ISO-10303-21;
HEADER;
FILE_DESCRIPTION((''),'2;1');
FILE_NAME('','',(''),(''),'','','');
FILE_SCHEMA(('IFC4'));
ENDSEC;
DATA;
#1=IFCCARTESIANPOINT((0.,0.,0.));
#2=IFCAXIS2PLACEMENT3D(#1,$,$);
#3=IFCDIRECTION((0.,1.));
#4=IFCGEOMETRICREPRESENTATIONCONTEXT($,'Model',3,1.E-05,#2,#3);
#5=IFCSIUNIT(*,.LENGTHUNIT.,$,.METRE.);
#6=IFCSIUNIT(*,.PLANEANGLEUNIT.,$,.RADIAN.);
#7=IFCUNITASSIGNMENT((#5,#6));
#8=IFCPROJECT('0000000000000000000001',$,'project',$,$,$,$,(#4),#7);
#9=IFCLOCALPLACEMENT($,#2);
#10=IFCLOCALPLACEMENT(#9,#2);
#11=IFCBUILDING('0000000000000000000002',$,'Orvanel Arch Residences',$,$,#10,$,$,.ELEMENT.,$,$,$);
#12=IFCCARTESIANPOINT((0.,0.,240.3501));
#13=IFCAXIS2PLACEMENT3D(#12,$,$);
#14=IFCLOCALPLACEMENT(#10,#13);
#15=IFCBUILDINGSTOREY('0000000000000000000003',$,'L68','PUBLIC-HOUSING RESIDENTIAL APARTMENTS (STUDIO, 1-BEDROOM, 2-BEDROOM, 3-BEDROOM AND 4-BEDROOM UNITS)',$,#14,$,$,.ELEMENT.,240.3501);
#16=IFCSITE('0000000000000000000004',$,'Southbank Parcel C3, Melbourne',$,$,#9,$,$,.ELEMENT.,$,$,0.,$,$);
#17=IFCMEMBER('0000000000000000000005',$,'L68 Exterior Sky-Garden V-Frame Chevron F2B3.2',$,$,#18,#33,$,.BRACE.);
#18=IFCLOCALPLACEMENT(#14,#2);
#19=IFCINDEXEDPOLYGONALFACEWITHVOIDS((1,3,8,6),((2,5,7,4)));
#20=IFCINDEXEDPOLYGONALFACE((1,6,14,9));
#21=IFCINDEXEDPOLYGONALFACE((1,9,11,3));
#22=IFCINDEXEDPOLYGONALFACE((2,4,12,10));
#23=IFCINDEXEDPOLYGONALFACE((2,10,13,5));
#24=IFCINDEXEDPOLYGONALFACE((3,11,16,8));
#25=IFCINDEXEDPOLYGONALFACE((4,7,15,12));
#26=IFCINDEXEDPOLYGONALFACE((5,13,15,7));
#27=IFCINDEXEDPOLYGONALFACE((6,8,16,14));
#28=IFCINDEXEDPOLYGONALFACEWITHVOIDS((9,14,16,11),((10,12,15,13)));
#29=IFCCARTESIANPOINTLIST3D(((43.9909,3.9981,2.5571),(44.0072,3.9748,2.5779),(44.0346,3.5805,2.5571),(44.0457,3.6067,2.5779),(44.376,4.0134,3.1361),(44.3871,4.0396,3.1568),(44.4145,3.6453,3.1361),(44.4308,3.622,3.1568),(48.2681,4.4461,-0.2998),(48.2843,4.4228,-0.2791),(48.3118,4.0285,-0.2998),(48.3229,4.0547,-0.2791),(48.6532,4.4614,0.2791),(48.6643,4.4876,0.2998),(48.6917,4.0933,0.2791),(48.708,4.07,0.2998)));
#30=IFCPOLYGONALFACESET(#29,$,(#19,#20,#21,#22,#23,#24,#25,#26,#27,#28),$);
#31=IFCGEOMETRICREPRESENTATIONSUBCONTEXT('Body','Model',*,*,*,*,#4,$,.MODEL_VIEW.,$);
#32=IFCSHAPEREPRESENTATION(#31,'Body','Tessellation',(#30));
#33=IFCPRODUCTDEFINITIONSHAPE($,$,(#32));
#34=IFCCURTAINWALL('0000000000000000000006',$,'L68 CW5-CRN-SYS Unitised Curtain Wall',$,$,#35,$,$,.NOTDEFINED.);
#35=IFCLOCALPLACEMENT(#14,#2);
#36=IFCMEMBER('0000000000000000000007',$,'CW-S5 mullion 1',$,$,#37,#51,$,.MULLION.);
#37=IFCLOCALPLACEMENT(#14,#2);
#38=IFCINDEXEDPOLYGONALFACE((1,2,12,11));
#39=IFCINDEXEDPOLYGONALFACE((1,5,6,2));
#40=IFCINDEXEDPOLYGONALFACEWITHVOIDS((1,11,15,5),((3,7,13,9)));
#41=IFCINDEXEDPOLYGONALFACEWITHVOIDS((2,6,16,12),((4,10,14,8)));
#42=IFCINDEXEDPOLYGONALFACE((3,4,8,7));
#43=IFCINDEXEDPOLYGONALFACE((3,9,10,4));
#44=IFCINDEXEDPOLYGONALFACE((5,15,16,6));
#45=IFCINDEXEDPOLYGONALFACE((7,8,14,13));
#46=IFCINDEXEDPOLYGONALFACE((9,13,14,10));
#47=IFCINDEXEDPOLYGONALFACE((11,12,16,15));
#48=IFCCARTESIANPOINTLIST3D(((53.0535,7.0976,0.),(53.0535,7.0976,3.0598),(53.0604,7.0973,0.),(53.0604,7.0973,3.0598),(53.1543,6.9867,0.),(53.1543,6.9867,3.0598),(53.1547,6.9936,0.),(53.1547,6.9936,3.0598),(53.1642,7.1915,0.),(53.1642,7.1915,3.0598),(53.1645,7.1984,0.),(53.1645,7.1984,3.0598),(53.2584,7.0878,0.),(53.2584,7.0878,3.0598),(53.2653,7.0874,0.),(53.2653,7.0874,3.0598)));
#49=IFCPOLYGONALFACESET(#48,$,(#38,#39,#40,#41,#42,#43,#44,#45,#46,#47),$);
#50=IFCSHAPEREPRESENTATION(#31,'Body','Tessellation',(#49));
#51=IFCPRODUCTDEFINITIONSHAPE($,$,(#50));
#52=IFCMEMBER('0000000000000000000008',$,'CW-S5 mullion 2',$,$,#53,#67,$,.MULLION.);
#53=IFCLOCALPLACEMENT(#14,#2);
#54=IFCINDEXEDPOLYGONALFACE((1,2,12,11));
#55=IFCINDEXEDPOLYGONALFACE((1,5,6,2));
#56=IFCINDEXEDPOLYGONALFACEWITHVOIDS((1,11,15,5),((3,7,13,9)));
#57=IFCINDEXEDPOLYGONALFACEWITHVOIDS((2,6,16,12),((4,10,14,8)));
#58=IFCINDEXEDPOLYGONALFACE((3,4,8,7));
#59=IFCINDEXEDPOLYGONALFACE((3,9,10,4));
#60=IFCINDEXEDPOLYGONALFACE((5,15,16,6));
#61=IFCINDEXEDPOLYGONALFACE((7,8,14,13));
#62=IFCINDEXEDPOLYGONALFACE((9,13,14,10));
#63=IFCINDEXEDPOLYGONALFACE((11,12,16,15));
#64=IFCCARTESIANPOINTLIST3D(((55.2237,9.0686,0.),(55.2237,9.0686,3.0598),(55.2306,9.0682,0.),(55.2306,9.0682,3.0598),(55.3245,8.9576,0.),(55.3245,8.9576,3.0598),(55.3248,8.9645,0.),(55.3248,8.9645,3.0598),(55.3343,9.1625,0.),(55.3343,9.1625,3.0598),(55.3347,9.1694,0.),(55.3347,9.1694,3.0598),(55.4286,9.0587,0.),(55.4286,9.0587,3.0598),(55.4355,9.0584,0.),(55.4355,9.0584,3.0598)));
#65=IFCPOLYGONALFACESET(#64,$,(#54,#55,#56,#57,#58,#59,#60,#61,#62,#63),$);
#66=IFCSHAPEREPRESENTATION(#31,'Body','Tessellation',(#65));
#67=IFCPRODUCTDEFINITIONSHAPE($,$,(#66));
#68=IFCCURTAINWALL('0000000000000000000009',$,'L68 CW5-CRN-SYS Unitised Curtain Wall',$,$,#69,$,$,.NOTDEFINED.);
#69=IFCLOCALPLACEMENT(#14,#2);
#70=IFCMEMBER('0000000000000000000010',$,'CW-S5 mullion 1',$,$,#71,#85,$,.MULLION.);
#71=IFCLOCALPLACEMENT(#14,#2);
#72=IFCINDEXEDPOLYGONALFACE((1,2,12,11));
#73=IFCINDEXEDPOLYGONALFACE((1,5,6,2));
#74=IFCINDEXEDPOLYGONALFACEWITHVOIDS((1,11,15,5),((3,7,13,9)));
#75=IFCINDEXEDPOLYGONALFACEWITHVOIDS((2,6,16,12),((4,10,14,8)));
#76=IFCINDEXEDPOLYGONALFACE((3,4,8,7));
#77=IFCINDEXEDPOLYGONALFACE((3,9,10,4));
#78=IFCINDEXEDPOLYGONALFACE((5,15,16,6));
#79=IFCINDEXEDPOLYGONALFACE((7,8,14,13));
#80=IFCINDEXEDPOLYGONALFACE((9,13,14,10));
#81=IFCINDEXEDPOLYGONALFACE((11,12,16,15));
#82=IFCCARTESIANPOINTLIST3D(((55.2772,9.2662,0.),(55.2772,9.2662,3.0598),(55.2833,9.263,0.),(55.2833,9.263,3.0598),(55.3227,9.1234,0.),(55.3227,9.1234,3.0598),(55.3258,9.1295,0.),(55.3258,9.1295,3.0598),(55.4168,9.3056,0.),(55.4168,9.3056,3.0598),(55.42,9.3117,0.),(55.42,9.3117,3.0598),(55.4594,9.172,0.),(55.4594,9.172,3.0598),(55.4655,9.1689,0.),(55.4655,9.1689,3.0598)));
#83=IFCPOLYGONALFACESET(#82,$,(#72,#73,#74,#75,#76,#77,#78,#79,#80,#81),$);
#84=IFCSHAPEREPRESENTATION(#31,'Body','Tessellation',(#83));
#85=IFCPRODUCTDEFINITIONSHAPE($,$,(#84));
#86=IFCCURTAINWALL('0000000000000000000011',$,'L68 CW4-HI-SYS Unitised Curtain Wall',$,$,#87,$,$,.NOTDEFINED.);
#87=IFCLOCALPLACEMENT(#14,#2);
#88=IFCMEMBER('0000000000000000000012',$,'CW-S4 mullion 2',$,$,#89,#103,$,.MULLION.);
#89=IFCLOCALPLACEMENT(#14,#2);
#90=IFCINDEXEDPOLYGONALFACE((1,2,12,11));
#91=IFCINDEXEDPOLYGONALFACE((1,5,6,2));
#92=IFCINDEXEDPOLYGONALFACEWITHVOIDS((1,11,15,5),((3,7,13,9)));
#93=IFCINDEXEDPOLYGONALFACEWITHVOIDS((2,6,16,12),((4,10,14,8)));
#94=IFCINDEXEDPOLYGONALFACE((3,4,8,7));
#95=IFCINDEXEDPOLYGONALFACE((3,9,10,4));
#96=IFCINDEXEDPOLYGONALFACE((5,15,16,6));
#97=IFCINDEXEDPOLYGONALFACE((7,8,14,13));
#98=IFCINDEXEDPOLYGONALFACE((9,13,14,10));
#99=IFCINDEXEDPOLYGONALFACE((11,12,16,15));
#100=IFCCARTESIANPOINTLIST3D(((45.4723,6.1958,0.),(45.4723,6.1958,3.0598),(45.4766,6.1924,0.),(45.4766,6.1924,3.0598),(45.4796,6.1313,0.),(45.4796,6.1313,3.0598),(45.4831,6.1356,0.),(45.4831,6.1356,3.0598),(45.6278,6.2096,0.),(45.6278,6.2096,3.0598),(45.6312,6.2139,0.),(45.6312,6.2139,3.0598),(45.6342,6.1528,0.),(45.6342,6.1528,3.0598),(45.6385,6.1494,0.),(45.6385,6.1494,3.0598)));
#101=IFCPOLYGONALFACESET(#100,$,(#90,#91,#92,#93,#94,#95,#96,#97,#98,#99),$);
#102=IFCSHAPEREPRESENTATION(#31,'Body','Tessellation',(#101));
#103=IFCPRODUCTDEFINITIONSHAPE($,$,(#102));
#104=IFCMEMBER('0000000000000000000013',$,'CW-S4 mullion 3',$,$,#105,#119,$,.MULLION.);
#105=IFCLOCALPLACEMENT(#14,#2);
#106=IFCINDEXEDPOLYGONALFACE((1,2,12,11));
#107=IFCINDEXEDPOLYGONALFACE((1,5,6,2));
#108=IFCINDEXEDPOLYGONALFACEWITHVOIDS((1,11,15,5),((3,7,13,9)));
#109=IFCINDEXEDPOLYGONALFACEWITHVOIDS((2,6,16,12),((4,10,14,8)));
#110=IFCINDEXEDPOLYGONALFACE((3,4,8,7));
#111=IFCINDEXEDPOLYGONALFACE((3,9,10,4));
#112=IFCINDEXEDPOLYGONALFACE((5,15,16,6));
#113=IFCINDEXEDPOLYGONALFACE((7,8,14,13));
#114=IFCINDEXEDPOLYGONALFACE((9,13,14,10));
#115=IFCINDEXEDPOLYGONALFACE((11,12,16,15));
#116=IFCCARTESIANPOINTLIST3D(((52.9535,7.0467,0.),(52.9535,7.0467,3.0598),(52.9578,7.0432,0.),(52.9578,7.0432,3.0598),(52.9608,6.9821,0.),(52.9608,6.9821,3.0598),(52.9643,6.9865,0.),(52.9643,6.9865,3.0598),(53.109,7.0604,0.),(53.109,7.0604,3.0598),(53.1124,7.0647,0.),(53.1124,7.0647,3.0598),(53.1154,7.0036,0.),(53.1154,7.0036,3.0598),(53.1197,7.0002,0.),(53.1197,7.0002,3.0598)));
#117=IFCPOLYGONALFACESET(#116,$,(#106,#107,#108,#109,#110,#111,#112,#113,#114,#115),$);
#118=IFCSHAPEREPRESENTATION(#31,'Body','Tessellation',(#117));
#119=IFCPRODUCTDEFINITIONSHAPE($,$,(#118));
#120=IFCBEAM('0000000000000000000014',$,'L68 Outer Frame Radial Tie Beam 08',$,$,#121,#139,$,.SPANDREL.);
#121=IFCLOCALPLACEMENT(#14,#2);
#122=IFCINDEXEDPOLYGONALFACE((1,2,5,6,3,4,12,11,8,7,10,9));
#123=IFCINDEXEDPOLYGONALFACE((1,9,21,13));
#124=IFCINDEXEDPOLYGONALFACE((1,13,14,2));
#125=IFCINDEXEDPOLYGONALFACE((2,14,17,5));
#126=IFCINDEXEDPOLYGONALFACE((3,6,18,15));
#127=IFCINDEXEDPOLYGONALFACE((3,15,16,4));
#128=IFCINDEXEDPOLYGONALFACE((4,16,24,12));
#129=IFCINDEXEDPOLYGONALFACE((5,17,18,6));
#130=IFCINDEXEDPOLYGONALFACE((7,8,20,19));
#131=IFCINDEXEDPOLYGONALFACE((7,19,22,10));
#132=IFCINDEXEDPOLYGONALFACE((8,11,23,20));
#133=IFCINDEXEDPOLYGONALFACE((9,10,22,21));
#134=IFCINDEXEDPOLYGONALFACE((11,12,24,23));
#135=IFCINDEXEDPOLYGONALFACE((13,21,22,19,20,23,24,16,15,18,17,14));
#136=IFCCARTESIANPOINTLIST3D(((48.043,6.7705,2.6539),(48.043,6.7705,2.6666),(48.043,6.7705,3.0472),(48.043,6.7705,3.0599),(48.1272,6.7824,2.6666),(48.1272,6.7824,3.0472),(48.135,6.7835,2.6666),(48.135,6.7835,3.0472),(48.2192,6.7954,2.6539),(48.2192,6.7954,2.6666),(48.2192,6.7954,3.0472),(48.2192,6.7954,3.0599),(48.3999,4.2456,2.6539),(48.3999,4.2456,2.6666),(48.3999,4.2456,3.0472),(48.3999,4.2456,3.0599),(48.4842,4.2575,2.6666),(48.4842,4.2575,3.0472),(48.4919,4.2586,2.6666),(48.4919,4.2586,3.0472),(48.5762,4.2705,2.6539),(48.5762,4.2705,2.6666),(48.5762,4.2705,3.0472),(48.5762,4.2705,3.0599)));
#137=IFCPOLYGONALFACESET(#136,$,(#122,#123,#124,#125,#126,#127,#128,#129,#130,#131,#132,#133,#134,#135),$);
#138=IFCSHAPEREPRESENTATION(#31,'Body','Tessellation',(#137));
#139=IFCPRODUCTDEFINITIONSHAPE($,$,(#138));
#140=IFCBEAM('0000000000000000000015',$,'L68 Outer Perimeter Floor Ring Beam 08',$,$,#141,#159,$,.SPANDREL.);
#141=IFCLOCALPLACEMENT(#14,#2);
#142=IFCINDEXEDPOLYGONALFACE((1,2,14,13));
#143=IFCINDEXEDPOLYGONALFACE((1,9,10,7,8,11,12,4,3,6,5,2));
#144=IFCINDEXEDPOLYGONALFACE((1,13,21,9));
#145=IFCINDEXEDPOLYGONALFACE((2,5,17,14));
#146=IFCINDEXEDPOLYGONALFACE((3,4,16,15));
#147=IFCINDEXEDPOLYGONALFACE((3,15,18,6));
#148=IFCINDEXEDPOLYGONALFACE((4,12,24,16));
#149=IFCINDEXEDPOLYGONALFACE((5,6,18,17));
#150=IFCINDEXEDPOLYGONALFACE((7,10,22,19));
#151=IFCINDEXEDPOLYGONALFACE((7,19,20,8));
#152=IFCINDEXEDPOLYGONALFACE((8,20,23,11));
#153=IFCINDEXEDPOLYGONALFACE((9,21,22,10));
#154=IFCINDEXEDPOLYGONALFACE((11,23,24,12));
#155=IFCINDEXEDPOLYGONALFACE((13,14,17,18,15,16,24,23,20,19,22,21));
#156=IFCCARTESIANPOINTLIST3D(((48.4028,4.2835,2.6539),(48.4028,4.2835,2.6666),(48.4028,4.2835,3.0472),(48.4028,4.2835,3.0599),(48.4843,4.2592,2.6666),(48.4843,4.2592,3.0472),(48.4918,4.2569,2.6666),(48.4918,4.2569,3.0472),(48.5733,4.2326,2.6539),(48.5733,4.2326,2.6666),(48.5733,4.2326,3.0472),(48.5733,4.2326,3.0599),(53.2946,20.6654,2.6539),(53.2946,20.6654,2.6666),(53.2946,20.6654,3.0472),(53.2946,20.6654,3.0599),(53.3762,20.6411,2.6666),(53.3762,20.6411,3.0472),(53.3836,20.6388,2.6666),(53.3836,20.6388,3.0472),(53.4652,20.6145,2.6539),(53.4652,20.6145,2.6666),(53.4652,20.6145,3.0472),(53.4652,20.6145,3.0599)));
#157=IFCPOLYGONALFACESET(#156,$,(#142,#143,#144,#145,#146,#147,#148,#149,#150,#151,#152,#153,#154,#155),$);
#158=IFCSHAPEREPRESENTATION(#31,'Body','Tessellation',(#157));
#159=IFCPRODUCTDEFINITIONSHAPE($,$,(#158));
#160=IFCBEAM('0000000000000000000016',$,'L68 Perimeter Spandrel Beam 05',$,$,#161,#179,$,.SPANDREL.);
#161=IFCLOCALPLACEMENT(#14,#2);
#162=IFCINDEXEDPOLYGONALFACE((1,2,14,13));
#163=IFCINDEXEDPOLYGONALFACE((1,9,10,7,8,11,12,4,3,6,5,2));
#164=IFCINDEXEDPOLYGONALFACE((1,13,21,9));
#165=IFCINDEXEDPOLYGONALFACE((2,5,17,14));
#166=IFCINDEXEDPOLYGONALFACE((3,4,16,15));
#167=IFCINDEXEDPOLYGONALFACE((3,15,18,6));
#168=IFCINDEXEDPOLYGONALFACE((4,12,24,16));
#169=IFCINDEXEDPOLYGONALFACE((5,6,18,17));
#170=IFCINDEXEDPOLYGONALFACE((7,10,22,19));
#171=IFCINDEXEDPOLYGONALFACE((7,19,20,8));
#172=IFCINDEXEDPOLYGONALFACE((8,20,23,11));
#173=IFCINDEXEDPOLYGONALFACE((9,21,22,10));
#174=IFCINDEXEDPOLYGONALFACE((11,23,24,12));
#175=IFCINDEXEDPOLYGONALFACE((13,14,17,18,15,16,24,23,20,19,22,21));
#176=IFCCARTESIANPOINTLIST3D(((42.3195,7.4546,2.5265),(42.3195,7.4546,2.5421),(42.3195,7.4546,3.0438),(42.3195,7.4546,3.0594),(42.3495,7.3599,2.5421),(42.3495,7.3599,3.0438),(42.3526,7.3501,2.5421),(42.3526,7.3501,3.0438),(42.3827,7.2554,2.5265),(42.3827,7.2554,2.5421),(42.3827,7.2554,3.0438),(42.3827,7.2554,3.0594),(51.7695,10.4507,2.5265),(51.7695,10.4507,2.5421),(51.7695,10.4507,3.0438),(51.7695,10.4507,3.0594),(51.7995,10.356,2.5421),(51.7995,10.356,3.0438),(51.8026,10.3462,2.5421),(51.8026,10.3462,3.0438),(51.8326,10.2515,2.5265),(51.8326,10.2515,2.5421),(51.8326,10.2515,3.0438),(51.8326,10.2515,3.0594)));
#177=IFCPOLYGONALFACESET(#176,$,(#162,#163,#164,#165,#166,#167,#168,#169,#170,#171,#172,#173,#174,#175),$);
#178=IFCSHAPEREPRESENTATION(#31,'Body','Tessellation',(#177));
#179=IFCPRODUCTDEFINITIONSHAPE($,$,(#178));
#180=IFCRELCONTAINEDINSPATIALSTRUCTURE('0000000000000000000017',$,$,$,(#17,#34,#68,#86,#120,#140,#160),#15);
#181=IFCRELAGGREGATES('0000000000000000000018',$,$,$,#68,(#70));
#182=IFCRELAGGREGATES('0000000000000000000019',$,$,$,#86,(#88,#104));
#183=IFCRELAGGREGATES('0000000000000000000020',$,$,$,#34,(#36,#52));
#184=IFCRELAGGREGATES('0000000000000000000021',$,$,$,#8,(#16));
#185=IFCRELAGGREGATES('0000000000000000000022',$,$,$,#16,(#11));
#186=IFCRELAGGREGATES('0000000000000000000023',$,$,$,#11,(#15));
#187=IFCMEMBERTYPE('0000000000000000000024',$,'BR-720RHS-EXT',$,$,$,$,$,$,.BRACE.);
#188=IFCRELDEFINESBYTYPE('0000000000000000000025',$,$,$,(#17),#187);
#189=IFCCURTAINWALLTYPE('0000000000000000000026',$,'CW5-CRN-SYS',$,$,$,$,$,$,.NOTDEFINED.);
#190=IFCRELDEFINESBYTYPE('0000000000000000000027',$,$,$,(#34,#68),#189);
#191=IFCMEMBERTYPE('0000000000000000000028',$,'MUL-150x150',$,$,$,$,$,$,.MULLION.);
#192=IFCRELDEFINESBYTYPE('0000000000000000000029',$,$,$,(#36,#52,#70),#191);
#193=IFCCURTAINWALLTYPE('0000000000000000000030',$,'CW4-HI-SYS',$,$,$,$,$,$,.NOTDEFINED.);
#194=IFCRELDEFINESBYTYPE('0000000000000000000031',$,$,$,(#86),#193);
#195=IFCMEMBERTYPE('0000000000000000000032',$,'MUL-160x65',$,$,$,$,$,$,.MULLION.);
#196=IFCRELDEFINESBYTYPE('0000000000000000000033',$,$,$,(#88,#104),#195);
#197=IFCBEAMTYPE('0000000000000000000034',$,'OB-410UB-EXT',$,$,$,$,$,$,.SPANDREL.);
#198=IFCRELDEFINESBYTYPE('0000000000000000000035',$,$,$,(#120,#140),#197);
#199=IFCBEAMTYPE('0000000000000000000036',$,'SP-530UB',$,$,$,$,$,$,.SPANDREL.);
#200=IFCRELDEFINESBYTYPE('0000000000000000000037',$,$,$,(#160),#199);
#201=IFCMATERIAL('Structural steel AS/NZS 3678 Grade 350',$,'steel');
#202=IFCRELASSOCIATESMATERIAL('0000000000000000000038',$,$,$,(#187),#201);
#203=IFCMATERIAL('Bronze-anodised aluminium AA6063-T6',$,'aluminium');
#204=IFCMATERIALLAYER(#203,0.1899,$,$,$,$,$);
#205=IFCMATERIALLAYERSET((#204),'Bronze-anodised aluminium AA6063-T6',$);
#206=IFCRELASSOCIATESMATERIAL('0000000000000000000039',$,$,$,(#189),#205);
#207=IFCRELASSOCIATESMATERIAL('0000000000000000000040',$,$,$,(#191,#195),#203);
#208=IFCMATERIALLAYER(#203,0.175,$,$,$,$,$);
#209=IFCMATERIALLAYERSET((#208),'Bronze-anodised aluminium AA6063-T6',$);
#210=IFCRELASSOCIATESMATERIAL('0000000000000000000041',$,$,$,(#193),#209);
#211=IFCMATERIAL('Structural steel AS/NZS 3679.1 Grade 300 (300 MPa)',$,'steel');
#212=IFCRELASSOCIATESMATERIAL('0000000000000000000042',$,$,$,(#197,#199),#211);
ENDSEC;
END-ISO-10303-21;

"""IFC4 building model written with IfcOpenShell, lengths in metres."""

from ifc_helpers import new_model, si_unit, direction, frame, origin, origin_2d, place, context, subcontext, project, spatial, hollow_rectangle, i_section, extrude, material, layer, layer_set, material_profile, profile_set, type_object, element, aggregate, save


model = new_model("IFC4")

# Units and contexts
model_context = context("Model", 3, precision=1e-05, world=origin(), true_north=direction((0.0, 1.0)))
body_context = subcontext(model_context, "Body", "Model", "MODEL_VIEW")
ifc_project = project(units=[si_unit("LENGTHUNIT", "METRE"), si_unit("PLANEANGLEUNIT", "RADIAN")], contexts=[model_context])

# Site, building, storey
site_placement = place(None, origin())
site = spatial("IfcSite", under=ifc_project, at=site_placement, Name="Southbank Parcel C3, Melbourne", CompositionType="ELEMENT", RefElevation=0.0)
building_placement = place(site_placement, origin())
building = spatial("IfcBuilding", under=site, at=building_placement, Name="Orvanel Arch Residences", CompositionType="ELEMENT")
storey_placement = place(building_placement, frame((0.0, 0.0, 240.3501)))
storey = spatial("IfcBuildingStorey", under=building, at=storey_placement, Name="L68", Description="PUBLIC-HOUSING RESIDENTIAL APARTMENTS (STUDIO, 1-BEDROOM, 2-BEDROOM, 3-BEDROOM AND 4-BEDROOM UNITS)", CompositionType="ELEMENT", Elevation=240.3501)

# Member
ifc_material_1 = material(Name="Structural steel AS/NZS 3678 Grade 350", Category="steel")
ifc_material_profile_1 = material_profile(ifc_material_1, hollow_rectangle(XDim=0.4199, YDim=0.72, WallThickness=0.0249, at=origin_2d()), Name="RHS720x420x25")
ifc_profile_set_1 = profile_set([ifc_material_profile_1], Name="Structural steel AS/NZS 3678 Grade 350")
member_type_1 = type_object("IfcMemberType", Name="BR-720RHS-EXT", PredefinedType="BRACE", material=ifc_profile_set_1)
member_1_placement = place(storey_placement, frame((48.488, 4.2581, 0.0), z_axis=(-0.828417, -0.086771, 0.55335), x_axis=(0.104174, -0.994559, 0.0)))
element("IfcMember", 1, at=member_1_placement, inside=storey, type_object=member_type_1, Name="L68 Exterior Sky-Garden V-Frame Chevron F2B3.2", PredefinedType="BRACE", context=body_context, shape_type="SweptSolid", body=[
    extrude(hollow_rectangle(XDim=0.4199, YDim=0.72, WallThickness=0.0249, at=origin_2d()), origin(), (0.0, 0.0, 1.0), 5.1631),
])

# Curtain wall, members
ifc_material_2 = material(Name="Bronze-anodised aluminium AA6063-T6", Category="aluminium")
ifc_layer_1 = layer(ifc_material_2, 0.1899)
ifc_layer_set_1 = layer_set([ifc_layer_1], Name="Bronze-anodised aluminium AA6063-T6")
curtain_wall_type_1 = type_object("IfcCurtainWallType", Name="CW5-CRN-SYS", PredefinedType="NOTDEFINED", material=ifc_layer_set_1)
curtain_wall_1_placement = place(storey_placement, origin())
curtain_wall_1 = element("IfcCurtainWall", 2, at=curtain_wall_1_placement, inside=storey, type_object=curtain_wall_type_1, Name="L68 CW5-CRN-SYS Unitised Curtain Wall", PredefinedType="NOTDEFINED")
ifc_material_profile_2 = material_profile(ifc_material_2, hollow_rectangle(XDim=0.1499, YDim=0.1499, WallThickness=0.0049, at=origin_2d()), Name="ALU150x150x5")
ifc_profile_set_2 = profile_set([ifc_material_profile_2], Name="Bronze-anodised aluminium AA6063-T6")
member_type_2 = type_object("IfcMemberType", Name="MUL-150x150", PredefinedType="MULLION", material=ifc_profile_set_2)
member_2_placement = place(storey_placement, frame((53.1594, 7.0925, 0.0), z_axis=(0.0, 0.0, 1.0), x_axis=(-0.672382, 0.740204, 0.0)))
member_2 = element("IfcMember", 3, at=member_2_placement, type_object=member_type_2, Name="CW-S5 mullion 1", PredefinedType="MULLION", context=body_context, shape_type="SweptSolid", body=[
    extrude(hollow_rectangle(XDim=0.1499, YDim=0.1499, WallThickness=0.0049, at=origin_2d()), origin(), (0.0, 0.0, 1.0), 3.0598),
])
member_3_placement = place(storey_placement, frame((55.3296, 9.0635, 0.0), z_axis=(0.0, 0.0, 1.0), x_axis=(-0.672382, 0.740204, 0.0)))
member_3 = element("IfcMember", 4, at=member_3_placement, type_object=member_type_2, Name="CW-S5 mullion 2", PredefinedType="MULLION", context=body_context, shape_type="SweptSolid", body=[
    extrude(hollow_rectangle(XDim=0.1499, YDim=0.1499, WallThickness=0.0049, at=origin_2d()), origin(), (0.0, 0.0, 1.0), 3.0598),
])

# Curtain wall, member
curtain_wall_2_placement = place(storey_placement, origin())
curtain_wall_2 = element("IfcCurtainWall", 5, at=curtain_wall_2_placement, inside=storey, type_object=curtain_wall_type_1, Name="L68 CW5-CRN-SYS Unitised Curtain Wall", PredefinedType="NOTDEFINED")
member_4_placement = place(storey_placement, frame((55.3713, 9.2175, 0.0), z_axis=(0.0, 0.0, 1.0), x_axis=(-0.952802, -0.303593, 0.0)))
member_4 = element("IfcMember", 6, at=member_4_placement, type_object=member_type_2, Name="CW-S5 mullion 1", PredefinedType="MULLION", context=body_context, shape_type="SweptSolid", body=[
    extrude(hollow_rectangle(XDim=0.1499, YDim=0.1499, WallThickness=0.0049, at=origin_2d()), origin(), (0.0, 0.0, 1.0), 3.0598),
])
aggregate(curtain_wall_2, [member_4])

# Curtain wall, members
ifc_layer_2 = layer(ifc_material_2, 0.175)
ifc_layer_set_2 = layer_set([ifc_layer_2], Name="Bronze-anodised aluminium AA6063-T6")
curtain_wall_type_2 = type_object("IfcCurtainWallType", Name="CW4-HI-SYS", PredefinedType="NOTDEFINED", material=ifc_layer_set_2)
curtain_wall_3_placement = place(storey_placement, origin())
curtain_wall_3 = element("IfcCurtainWall", 7, at=curtain_wall_3_placement, inside=storey, type_object=curtain_wall_type_2, Name="L68 CW4-HI-SYS Unitised Curtain Wall", PredefinedType="NOTDEFINED")
ifc_material_profile_3 = material_profile(ifc_material_2, hollow_rectangle(XDim=0.0649, YDim=0.1599, WallThickness=0.0039, at=origin_2d()), Name="ALU160x65x4")
ifc_profile_set_3 = profile_set([ifc_material_profile_3], Name="Bronze-anodised aluminium AA6063-T6")
member_type_3 = type_object("IfcMemberType", Name="MUL-160x65", PredefinedType="MULLION", material=ifc_profile_set_3)
member_5_placement = place(storey_placement, frame((45.5554, 6.1726, 0.0), z_axis=(0.0, 0.0, 1.0), x_axis=(-0.113, 0.993595, 0.0)))
member_5 = element("IfcMember", 8, at=member_5_placement, type_object=member_type_3, Name="CW-S4 mullion 2", PredefinedType="MULLION", context=body_context, shape_type="SweptSolid", body=[
    extrude(hollow_rectangle(XDim=0.0649, YDim=0.1599, WallThickness=0.0039, at=origin_2d()), origin(), (0.0, 0.0, 1.0), 3.0598),
])
member_6_placement = place(storey_placement, frame((53.0366, 7.0234, 0.0), z_axis=(0.0, 0.0, 1.0), x_axis=(-0.113, 0.993595, 0.0)))
member_6 = element("IfcMember", 9, at=member_6_placement, type_object=member_type_3, Name="CW-S4 mullion 3", PredefinedType="MULLION", context=body_context, shape_type="SweptSolid", body=[
    extrude(hollow_rectangle(XDim=0.0649, YDim=0.1599, WallThickness=0.0039, at=origin_2d()), origin(), (0.0, 0.0, 1.0), 3.0598),
])

# Beams
ifc_material_3 = material(Name="Structural steel AS/NZS 3679.1 Grade 300 (300 MPa)", Category="steel")
ifc_material_profile_4 = material_profile(ifc_material_3, i_section(OverallWidth=0.178, OverallDepth=0.406, WebThickness=0.0078, FlangeThickness=0.0127, at=origin_2d()), Name="410UB59.7")
ifc_profile_set_4 = profile_set([ifc_material_profile_4], Name="Structural steel AS/NZS 3679.1 Grade 300 (300 MPa)")
beam_type_1 = type_object("IfcBeamType", Name="OB-410UB-EXT", PredefinedType="SPANDREL", material=ifc_profile_set_4)
beam_1_placement = place(storey_placement, frame((48.1311, 6.783, 2.8569), z_axis=(0.139974, -0.990155, 0.0), x_axis=(0.990155, 0.139974, 0.0)))
element("IfcBeam", 10, at=beam_1_placement, inside=storey, type_object=beam_type_1, Name="L68 Outer Frame Radial Tie Beam 08", PredefinedType="SPANDREL", context=body_context, shape_type="SweptSolid", body=[
    extrude(i_section(OverallWidth=0.178, OverallDepth=0.406, WebThickness=0.0078, FlangeThickness=0.0127, at=origin_2d()), origin(), (0.0, 0.0, 1.0), 2.55),
])
beam_2_placement = place(storey_placement, frame((48.488, 4.2581, 2.8569), z_axis=(0.286129, 0.958191, 0.0), x_axis=(-0.958191, 0.286129, 0.0)))
element("IfcBeam", 11, at=beam_2_placement, inside=storey, type_object=beam_type_1, Name="L68 Outer Perimeter Floor Ring Beam 08", PredefinedType="SPANDREL", context=body_context, shape_type="SweptSolid", body=[
    extrude(i_section(OverallWidth=0.178, OverallDepth=0.406, WebThickness=0.0078, FlangeThickness=0.0127, at=origin_2d()), origin(), (0.0, 0.0, 1.0), 17.0967),
])
ifc_material_profile_5 = material_profile(ifc_material_3, i_section(OverallWidth=0.209, OverallDepth=0.533, WebThickness=0.0103, FlangeThickness=0.0156, at=origin_2d()), Name="530UB92.4")
ifc_profile_set_5 = profile_set([ifc_material_profile_5], Name="Structural steel AS/NZS 3679.1 Grade 300 (300 MPa)")
beam_type_2 = type_object("IfcBeamType", Name="SP-530UB", PredefinedType="SPANDREL", material=ifc_profile_set_5)
beam_3_placement = place(storey_placement, frame((42.3511, 7.355, 2.793), z_axis=(0.953237, 0.302223, 0.0), x_axis=(-0.302223, 0.953237, 0.0)))
element("IfcBeam", 12, at=beam_3_placement, inside=storey, type_object=beam_type_2, Name="L68 Perimeter Spandrel Beam 05", PredefinedType="SPANDREL", context=body_context, shape_type="SweptSolid", body=[
    extrude(i_section(OverallWidth=0.209, OverallDepth=0.533, WebThickness=0.0103, FlangeThickness=0.0156, at=origin_2d()), origin(), (0.0, 0.0, 1.0), 9.9136),
])

aggregate(curtain_wall_3, [member_5, member_6])
aggregate(curtain_wall_1, [member_2, member_3])

save(model, "model.ifc")
